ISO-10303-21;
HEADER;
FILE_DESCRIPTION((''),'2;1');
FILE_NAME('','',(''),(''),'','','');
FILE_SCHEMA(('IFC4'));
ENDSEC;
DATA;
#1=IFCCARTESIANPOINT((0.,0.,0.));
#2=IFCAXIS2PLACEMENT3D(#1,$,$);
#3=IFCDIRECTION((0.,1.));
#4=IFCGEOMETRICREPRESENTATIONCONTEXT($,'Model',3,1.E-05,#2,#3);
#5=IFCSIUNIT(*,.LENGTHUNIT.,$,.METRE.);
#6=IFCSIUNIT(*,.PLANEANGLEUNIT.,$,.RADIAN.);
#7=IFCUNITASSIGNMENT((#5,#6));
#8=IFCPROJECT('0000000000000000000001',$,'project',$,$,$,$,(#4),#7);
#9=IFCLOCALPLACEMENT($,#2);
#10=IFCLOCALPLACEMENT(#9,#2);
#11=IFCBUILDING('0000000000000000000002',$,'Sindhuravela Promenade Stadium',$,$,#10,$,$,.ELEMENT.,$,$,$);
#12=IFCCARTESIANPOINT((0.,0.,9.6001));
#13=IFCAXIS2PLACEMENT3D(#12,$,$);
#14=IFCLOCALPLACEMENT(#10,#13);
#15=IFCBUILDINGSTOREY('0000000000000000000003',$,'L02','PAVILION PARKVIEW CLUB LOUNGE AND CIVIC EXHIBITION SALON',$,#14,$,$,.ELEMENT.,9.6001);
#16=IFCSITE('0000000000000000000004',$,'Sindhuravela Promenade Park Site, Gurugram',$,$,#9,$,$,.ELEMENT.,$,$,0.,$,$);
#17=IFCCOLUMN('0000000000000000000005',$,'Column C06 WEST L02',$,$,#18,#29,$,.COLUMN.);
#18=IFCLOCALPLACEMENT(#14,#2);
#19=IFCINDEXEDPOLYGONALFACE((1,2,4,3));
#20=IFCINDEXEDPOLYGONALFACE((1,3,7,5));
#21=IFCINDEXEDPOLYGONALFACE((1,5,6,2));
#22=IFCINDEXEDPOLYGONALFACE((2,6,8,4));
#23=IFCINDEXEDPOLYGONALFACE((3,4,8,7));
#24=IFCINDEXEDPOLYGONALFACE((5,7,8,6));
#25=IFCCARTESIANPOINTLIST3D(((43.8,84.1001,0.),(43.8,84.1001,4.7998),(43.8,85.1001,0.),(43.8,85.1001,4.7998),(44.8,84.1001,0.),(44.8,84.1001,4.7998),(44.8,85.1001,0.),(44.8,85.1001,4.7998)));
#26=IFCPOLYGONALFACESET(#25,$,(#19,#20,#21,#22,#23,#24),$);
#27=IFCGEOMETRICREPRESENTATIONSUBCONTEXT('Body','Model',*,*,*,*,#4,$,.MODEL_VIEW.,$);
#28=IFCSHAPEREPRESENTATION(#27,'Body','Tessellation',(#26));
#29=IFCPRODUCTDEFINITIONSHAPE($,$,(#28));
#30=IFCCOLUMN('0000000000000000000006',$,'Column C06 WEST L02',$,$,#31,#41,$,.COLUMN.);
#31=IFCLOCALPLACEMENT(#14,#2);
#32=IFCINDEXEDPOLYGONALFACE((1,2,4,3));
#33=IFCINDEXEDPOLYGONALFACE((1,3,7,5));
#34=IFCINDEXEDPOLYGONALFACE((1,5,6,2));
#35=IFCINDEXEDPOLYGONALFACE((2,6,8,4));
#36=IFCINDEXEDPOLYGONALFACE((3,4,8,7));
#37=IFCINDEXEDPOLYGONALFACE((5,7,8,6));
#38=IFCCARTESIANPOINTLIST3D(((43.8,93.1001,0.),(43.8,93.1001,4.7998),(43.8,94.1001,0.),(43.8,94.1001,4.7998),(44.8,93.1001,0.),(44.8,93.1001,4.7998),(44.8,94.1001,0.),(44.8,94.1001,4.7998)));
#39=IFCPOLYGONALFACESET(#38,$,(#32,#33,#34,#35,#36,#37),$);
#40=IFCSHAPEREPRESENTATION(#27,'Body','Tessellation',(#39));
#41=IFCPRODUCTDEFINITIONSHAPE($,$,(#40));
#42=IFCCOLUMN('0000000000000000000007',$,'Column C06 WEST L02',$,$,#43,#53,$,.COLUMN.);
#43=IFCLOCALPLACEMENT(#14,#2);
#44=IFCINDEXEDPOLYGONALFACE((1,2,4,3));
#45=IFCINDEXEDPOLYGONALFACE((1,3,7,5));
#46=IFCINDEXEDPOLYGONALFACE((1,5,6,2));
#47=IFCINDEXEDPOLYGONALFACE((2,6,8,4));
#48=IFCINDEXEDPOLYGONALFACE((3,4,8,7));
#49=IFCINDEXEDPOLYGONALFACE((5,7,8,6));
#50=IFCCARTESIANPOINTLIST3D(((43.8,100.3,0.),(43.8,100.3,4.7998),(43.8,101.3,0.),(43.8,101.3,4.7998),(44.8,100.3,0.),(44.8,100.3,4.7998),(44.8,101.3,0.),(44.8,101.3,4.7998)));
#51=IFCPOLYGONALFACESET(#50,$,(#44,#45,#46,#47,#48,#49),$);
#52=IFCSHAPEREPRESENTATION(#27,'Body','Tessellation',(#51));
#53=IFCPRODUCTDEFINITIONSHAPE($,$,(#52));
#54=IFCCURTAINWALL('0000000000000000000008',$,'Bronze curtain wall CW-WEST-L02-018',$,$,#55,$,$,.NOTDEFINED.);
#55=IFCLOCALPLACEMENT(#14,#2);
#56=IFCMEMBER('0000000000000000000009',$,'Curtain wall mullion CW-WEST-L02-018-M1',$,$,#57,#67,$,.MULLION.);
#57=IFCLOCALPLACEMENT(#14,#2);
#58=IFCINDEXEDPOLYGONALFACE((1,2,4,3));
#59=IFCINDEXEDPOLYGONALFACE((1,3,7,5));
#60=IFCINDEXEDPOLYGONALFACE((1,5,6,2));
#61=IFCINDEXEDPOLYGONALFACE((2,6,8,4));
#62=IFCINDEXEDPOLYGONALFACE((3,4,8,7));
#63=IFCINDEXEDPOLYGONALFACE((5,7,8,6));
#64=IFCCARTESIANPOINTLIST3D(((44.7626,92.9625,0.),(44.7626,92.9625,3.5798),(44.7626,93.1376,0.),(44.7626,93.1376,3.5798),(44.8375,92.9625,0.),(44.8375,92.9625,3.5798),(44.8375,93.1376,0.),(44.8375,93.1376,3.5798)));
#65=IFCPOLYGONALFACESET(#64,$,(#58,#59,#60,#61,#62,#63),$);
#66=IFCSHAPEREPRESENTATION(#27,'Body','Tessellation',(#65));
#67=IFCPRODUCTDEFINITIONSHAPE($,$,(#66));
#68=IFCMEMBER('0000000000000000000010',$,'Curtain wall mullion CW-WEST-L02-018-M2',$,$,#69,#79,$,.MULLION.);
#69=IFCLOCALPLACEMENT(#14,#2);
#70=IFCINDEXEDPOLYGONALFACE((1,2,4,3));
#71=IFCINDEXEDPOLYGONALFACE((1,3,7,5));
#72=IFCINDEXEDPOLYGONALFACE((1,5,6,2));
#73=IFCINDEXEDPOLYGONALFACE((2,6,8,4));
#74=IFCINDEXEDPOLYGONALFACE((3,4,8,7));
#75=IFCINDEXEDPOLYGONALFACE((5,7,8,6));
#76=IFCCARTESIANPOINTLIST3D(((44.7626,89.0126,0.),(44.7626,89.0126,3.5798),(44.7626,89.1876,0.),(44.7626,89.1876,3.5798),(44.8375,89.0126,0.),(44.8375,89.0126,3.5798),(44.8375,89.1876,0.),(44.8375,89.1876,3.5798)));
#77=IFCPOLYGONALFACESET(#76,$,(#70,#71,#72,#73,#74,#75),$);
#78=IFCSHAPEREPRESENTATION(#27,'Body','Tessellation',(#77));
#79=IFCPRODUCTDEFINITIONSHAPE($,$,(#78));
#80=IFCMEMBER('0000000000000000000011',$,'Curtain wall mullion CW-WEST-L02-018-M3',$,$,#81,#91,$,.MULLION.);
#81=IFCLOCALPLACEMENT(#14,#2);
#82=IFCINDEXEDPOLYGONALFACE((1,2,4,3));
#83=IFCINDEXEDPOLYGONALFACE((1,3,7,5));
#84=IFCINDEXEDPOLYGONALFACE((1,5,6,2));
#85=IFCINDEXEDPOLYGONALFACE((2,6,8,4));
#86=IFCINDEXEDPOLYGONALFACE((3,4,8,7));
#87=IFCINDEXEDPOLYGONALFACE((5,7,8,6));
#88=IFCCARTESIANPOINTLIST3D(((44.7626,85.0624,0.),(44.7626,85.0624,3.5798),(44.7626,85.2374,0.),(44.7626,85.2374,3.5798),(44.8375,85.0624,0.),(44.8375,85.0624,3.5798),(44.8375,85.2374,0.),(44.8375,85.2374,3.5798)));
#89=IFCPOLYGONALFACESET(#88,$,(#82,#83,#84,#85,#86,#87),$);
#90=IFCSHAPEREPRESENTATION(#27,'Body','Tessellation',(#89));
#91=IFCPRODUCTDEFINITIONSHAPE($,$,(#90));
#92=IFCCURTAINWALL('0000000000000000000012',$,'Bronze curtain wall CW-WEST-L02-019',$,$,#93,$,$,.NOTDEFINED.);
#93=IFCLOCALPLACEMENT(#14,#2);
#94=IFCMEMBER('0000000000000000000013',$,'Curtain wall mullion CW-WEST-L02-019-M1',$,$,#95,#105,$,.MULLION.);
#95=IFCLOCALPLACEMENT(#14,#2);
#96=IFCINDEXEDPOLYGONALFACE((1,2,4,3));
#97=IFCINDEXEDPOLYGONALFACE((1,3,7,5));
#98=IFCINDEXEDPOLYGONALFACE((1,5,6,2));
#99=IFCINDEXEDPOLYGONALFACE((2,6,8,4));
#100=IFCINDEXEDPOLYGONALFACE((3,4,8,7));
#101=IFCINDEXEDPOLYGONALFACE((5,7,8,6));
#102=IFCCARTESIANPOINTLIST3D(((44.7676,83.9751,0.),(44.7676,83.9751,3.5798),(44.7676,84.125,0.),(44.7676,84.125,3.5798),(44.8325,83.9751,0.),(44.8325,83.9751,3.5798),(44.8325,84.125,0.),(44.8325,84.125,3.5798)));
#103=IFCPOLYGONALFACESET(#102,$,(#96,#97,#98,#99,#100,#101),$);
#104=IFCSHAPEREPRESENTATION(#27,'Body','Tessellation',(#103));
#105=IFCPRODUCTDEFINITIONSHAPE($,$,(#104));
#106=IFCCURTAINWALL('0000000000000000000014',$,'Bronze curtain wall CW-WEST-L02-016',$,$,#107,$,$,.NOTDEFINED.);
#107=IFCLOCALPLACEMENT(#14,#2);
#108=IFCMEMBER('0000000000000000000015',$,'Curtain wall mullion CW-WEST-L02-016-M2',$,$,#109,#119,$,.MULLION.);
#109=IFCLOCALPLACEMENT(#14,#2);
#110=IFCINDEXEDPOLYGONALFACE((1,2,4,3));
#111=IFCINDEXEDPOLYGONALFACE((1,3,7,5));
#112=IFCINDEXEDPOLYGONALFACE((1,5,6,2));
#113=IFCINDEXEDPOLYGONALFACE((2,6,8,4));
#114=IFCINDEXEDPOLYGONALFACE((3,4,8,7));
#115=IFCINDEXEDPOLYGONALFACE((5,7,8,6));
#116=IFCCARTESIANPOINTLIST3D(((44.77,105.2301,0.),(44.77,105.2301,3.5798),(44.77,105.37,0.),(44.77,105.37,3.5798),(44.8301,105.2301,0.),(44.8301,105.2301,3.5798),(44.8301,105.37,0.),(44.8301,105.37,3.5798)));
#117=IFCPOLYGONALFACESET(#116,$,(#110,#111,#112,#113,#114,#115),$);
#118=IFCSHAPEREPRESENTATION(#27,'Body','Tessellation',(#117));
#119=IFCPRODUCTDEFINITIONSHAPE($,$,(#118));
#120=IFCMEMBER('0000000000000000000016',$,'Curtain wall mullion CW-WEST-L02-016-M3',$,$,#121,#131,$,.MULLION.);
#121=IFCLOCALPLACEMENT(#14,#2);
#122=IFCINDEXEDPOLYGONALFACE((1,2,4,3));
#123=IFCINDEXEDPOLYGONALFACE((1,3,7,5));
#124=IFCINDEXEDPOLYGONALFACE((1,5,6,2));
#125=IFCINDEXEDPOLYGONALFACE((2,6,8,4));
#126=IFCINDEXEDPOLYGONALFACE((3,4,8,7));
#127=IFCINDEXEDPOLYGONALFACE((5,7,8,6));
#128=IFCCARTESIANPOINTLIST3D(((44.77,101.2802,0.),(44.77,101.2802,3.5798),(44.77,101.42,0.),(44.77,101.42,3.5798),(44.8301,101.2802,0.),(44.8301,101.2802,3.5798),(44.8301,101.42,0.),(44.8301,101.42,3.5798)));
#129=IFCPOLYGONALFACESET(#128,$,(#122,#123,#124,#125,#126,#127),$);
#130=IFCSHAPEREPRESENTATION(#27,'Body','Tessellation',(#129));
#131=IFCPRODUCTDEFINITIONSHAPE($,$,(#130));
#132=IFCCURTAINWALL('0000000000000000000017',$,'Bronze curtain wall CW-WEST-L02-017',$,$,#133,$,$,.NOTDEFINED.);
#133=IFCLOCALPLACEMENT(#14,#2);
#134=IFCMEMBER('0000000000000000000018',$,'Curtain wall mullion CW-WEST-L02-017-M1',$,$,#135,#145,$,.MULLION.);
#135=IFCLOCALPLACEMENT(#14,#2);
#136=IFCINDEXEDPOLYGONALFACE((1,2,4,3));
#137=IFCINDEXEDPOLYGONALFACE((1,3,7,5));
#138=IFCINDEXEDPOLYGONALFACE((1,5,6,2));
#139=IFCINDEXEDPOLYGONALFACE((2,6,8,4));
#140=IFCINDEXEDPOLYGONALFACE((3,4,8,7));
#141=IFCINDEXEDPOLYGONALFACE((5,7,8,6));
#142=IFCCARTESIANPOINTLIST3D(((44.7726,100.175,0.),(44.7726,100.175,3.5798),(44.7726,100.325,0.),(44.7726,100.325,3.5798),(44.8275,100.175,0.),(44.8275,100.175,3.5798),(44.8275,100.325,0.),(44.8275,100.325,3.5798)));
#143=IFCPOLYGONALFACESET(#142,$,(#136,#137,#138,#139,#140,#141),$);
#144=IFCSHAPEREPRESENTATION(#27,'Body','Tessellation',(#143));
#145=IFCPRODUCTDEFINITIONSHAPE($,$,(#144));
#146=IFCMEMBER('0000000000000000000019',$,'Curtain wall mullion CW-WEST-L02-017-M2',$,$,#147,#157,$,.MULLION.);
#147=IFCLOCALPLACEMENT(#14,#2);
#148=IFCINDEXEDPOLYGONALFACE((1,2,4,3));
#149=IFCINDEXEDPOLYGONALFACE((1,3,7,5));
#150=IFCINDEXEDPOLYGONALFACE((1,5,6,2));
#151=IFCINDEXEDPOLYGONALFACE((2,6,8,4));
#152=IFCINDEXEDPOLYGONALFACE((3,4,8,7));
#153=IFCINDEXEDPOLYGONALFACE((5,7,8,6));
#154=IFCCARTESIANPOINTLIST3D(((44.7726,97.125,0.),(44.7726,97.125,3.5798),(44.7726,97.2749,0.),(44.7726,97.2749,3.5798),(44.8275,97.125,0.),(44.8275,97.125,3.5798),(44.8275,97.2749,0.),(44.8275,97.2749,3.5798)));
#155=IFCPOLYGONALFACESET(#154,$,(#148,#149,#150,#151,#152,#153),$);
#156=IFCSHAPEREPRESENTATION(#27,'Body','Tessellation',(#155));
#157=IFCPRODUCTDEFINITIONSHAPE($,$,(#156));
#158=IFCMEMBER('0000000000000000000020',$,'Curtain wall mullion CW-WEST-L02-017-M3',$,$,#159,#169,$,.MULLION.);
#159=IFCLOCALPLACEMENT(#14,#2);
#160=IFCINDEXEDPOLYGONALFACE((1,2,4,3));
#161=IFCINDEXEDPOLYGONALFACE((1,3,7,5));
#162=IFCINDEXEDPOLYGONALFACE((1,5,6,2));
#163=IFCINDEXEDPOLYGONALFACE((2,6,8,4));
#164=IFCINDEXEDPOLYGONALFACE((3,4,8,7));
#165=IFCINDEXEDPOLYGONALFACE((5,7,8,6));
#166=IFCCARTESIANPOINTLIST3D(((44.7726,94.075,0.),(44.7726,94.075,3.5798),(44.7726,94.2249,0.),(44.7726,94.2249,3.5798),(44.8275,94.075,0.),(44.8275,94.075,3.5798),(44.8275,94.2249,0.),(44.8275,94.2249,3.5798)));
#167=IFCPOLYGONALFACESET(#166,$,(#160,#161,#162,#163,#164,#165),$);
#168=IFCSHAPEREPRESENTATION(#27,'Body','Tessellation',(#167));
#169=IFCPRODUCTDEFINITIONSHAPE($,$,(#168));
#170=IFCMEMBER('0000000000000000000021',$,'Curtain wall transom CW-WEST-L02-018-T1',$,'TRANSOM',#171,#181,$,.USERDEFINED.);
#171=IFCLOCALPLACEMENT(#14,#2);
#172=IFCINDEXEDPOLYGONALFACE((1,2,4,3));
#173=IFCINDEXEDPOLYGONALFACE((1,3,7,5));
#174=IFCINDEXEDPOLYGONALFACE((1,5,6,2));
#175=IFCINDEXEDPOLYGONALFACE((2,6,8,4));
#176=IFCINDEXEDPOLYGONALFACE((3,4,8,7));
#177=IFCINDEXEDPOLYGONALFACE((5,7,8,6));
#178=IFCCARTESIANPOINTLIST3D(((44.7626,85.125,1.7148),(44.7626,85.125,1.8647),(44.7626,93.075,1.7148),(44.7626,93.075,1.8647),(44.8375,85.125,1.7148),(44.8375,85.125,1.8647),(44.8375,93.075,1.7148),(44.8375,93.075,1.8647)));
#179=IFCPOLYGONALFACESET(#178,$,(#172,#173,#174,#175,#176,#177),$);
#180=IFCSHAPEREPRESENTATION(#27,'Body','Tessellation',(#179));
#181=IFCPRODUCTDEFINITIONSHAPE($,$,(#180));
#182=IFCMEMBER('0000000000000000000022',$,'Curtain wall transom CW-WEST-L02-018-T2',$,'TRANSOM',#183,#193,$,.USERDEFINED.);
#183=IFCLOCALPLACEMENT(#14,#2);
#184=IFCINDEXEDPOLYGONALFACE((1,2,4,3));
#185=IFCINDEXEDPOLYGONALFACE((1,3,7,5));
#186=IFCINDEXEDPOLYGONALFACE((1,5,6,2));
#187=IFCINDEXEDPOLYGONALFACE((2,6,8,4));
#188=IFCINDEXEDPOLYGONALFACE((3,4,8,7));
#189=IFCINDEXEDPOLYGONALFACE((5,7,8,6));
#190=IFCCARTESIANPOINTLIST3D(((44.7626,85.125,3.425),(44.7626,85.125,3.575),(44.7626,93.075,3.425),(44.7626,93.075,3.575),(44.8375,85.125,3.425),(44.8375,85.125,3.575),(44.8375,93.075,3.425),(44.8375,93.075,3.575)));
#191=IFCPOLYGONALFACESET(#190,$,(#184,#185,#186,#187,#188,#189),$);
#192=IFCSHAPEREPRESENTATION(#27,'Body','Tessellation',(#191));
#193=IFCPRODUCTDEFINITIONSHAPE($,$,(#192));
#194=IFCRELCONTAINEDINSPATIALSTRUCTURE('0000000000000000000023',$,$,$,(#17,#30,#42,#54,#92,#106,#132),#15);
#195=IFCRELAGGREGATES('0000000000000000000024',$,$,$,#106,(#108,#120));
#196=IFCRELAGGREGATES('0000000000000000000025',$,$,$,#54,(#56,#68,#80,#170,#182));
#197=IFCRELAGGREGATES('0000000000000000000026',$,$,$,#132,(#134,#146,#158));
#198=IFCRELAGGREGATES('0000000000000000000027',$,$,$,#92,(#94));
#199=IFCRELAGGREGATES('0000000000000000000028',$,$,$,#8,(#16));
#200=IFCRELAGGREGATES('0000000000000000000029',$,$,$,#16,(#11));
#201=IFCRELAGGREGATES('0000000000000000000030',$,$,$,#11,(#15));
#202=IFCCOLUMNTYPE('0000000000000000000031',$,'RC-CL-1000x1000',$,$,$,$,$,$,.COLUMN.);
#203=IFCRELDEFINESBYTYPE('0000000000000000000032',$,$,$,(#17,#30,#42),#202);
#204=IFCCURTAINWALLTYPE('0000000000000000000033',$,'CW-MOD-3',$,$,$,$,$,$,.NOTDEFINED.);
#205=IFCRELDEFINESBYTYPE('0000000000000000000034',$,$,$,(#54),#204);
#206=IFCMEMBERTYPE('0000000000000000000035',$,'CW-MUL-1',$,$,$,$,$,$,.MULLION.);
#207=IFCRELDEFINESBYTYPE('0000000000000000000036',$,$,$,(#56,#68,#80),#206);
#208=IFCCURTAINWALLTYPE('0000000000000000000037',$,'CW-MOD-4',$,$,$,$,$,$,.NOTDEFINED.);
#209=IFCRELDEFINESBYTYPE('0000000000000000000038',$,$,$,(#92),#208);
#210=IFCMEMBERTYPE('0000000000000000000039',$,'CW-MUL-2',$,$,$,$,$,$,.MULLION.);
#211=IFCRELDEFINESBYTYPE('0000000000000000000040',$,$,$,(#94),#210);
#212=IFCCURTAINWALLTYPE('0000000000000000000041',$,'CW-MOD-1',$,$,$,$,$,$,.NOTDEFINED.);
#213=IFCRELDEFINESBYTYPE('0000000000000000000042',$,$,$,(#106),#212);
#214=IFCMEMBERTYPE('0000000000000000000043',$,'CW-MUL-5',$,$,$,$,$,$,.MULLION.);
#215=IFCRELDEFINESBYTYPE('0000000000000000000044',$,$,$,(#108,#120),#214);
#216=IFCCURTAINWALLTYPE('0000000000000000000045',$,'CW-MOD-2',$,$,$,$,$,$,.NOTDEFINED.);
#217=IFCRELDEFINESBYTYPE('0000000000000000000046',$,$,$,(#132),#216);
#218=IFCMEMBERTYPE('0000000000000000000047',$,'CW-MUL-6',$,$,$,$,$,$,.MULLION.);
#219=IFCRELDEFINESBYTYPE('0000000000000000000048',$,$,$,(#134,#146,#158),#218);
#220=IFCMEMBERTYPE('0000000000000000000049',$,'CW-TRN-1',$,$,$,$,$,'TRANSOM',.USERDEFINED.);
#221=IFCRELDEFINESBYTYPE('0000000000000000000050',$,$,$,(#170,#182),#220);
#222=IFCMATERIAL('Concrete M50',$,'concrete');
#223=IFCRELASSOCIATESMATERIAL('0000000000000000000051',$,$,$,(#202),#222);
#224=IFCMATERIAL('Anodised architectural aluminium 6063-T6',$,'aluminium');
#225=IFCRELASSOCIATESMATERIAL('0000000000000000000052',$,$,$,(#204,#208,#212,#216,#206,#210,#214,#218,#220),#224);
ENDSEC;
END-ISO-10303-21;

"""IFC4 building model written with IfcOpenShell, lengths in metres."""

from ifc_helpers import new_model, si_unit, direction, frame, origin, origin_2d, place, context, subcontext, project, spatial, rectangle, extrude, material, material_profile, profile_set, type_object, element, aggregate, save


model = new_model("IFC4")

# Units and contexts
model_context = context("Model", 3, precision=1e-05, world=origin(), true_north=direction((0.0, 1.0)))
body_context = subcontext(model_context, "Body", "Model", "MODEL_VIEW")
ifc_project = project(units=[si_unit("LENGTHUNIT", "METRE"), si_unit("PLANEANGLEUNIT", "RADIAN")], contexts=[model_context])

# Site, building, storey
site_placement = place(None, origin())
site = spatial("IfcSite", under=ifc_project, at=site_placement, Name="Sindhuravela Promenade Park Site, Gurugram", CompositionType="ELEMENT", RefElevation=0.0)
building_placement = place(site_placement, origin())
building = spatial("IfcBuilding", under=site, at=building_placement, Name="Sindhuravela Promenade Stadium", CompositionType="ELEMENT")
storey_placement = place(building_placement, frame((0.0, 0.0, 9.6001)))
storey = spatial("IfcBuildingStorey", under=building, at=storey_placement, Name="L02", Description="PAVILION PARKVIEW CLUB LOUNGE AND CIVIC EXHIBITION SALON", CompositionType="ELEMENT", Elevation=9.6001)

# Columns
ifc_material_1 = material(Name="Concrete M50", Category="concrete")
ifc_material_profile_1 = material_profile(ifc_material_1, rectangle(XDim=1.0, YDim=1.0, at=origin_2d()), Name="RC 1000x1000")
ifc_profile_set_1 = profile_set([ifc_material_profile_1], Name="Concrete M50")
column_type = type_object("IfcColumnType", Name="RC-CL-1000x1000", PredefinedType="COLUMN", material=ifc_profile_set_1)
for number, where, z_axis, x_axis, name in (
    (1, (44.3, 84.6001, 0.0), (0.0, 0.0, 1.0), (1.0, 0.0, 0.0), "Column C06 WEST L02"),
    (2, (44.3, 93.6001, 0.0), (0.0, 0.0, 1.0), (1.0, 0.0, 0.0), "Column C06 WEST L02"),
    (3, (44.3, 100.8, 0.0), (0.0, 0.0, 1.0), (1.0, 0.0, 0.0), "Column C06 WEST L02"),
):
    element("IfcColumn", number, at=place(storey_placement, frame(where, z_axis=z_axis, x_axis=x_axis)), inside=storey, type_object=column_type, Name=name, PredefinedType="COLUMN", context=body_context, shape_type="SweptSolid", body=[
        extrude(rectangle(XDim=1.0, YDim=1.0, at=origin_2d()), origin(), (0.0, 0.0, 1.0), 4.7998),
    ])

# Curtain wall, members
ifc_material_2 = material(Name="Anodised architectural aluminium 6063-T6", Category="aluminium")
curtain_wall_type_1 = type_object("IfcCurtainWallType", Name="CW-MOD-3", PredefinedType="NOTDEFINED", material=ifc_material_2)
curtain_wall_1_placement = place(storey_placement, origin())
curtain_wall_1 = element("IfcCurtainWall", 4, at=curtain_wall_1_placement, inside=storey, type_object=curtain_wall_type_1, Name="Bronze curtain wall CW-WEST-L02-018", PredefinedType="NOTDEFINED")
ifc_material_profile_2 = material_profile(ifc_material_2, rectangle(XDim=0.075, YDim=0.175, at=origin_2d()), Name="ALU MULL 75x175")
ifc_profile_set_2 = profile_set([ifc_material_profile_2], Name="Anodised architectural aluminium 6063-T6")
member_type_1 = type_object("IfcMemberType", Name="CW-MUL-1", PredefinedType="MULLION", material=ifc_profile_set_2)
member_1_placement = place(storey_placement, frame((44.8, 93.05, 0.0), z_axis=(0.0, 0.0, 1.0), x_axis=(1.0, 0.0, 0.0)))
member_1 = element("IfcMember", 5, at=member_1_placement, type_object=member_type_1, Name="Curtain wall mullion CW-WEST-L02-018-M1", PredefinedType="MULLION", context=body_context, shape_type="SweptSolid", body=[
    extrude(rectangle(XDim=0.075, YDim=0.175, at=origin_2d()), origin(), (0.0, 0.0, 1.0), 3.5798),
])
member_2_placement = place(storey_placement, frame((44.8, 89.1001, 0.0), z_axis=(0.0, 0.0, 1.0), x_axis=(1.0, 0.0, 0.0)))
member_2 = element("IfcMember", 6, at=member_2_placement, type_object=member_type_1, Name="Curtain wall mullion CW-WEST-L02-018-M2", PredefinedType="MULLION", context=body_context, shape_type="SweptSolid", body=[
    extrude(rectangle(XDim=0.075, YDim=0.175, at=origin_2d()), origin(), (0.0, 0.0, 1.0), 3.5798),
])
member_3_placement = place(storey_placement, frame((44.8, 85.1499, 0.0), z_axis=(0.0, 0.0, 1.0), x_axis=(1.0, 0.0, 0.0)))
member_3 = element("IfcMember", 7, at=member_3_placement, type_object=member_type_1, Name="Curtain wall mullion CW-WEST-L02-018-M3", PredefinedType="MULLION", context=body_context, shape_type="SweptSolid", body=[
    extrude(rectangle(XDim=0.075, YDim=0.175, at=origin_2d()), origin(), (0.0, 0.0, 1.0), 3.5798),
])

# Curtain wall, member
curtain_wall_type_2 = type_object("IfcCurtainWallType", Name="CW-MOD-4", PredefinedType="NOTDEFINED", material=ifc_material_2)
curtain_wall_2_placement = place(storey_placement, origin())
curtain_wall_2 = element("IfcCurtainWall", 8, at=curtain_wall_2_placement, inside=storey, type_object=curtain_wall_type_2, Name="Bronze curtain wall CW-WEST-L02-019", PredefinedType="NOTDEFINED")
ifc_material_profile_3 = material_profile(ifc_material_2, rectangle(XDim=0.0649, YDim=0.1499, at=origin_2d()), Name="ALU MULL 65x150")
ifc_profile_set_3 = profile_set([ifc_material_profile_3], Name="Anodised architectural aluminium 6063-T6")
member_type_2 = type_object("IfcMemberType", Name="CW-MUL-2", PredefinedType="MULLION", material=ifc_profile_set_3)
member_4_placement = place(storey_placement, frame((44.8, 84.05, 0.0), z_axis=(0.0, 0.0, 1.0), x_axis=(1.0, 0.0, 0.0)))
member_4 = element("IfcMember", 9, at=member_4_placement, type_object=member_type_2, Name="Curtain wall mullion CW-WEST-L02-019-M1", PredefinedType="MULLION", context=body_context, shape_type="SweptSolid", body=[
    extrude(rectangle(XDim=0.0649, YDim=0.1499, at=origin_2d()), origin(), (0.0, 0.0, 1.0), 3.5798),
])

# Curtain walls, members
curtain_wall_type_3 = type_object("IfcCurtainWallType", Name="CW-MOD-1", PredefinedType="NOTDEFINED", material=ifc_material_2)
curtain_wall_3_placement = place(storey_placement, origin())
curtain_wall_3 = element("IfcCurtainWall", 10, at=curtain_wall_3_placement, inside=storey, type_object=curtain_wall_type_3, Name="Bronze curtain wall CW-WEST-L02-016", PredefinedType="NOTDEFINED")
ifc_material_profile_4 = material_profile(ifc_material_2, rectangle(XDim=0.0601, YDim=0.1399, at=origin_2d()), Name="ALU M60x140")
ifc_profile_set_4 = profile_set([ifc_material_profile_4], Name="Anodised architectural aluminium 6063-T6")
member_type_3 = type_object("IfcMemberType", Name="CW-MUL-5", PredefinedType="MULLION", material=ifc_profile_set_4)
member_5_placement = place(storey_placement, frame((44.8, 105.3, 0.0), z_axis=(0.0, 0.0, 1.0), x_axis=(1.0, 0.0, 0.0)))
member_5 = element("IfcMember", 11, at=member_5_placement, type_object=member_type_3, Name="Curtain wall mullion CW-WEST-L02-016-M2", PredefinedType="MULLION", context=body_context, shape_type="SweptSolid", body=[
    extrude(rectangle(XDim=0.0601, YDim=0.1399, at=origin_2d()), origin(), (0.0, 0.0, 1.0), 3.5798),
])
member_6_placement = place(storey_placement, frame((44.8, 101.3501, 0.0), z_axis=(0.0, 0.0, 1.0), x_axis=(1.0, 0.0, 0.0)))
member_6 = element("IfcMember", 12, at=member_6_placement, type_object=member_type_3, Name="Curtain wall mullion CW-WEST-L02-016-M3", PredefinedType="MULLION", context=body_context, shape_type="SweptSolid", body=[
    extrude(rectangle(XDim=0.0601, YDim=0.1399, at=origin_2d()), origin(), (0.0, 0.0, 1.0), 3.5798),
])
curtain_wall_type_4 = type_object("IfcCurtainWallType", Name="CW-MOD-2", PredefinedType="NOTDEFINED", material=ifc_material_2)
curtain_wall_4_placement = place(storey_placement, origin())
curtain_wall_4 = element("IfcCurtainWall", 13, at=curtain_wall_4_placement, inside=storey, type_object=curtain_wall_type_4, Name="Bronze curtain wall CW-WEST-L02-017", PredefinedType="NOTDEFINED")
ifc_material_profile_5 = material_profile(ifc_material_2, rectangle(XDim=0.0549, YDim=0.1499, at=origin_2d()), Name="ALU M55x150")
ifc_profile_set_5 = profile_set([ifc_material_profile_5], Name="Anodised architectural aluminium 6063-T6")
member_type_4 = type_object("IfcMemberType", Name="CW-MUL-6", PredefinedType="MULLION", material=ifc_profile_set_5)
member_7_placement = place(storey_placement, frame((44.8, 100.25, 0.0), z_axis=(0.0, 0.0, 1.0), x_axis=(1.0, 0.0, 0.0)))
member_7 = element("IfcMember", 14, at=member_7_placement, type_object=member_type_4, Name="Curtain wall mullion CW-WEST-L02-017-M1", PredefinedType="MULLION", context=body_context, shape_type="SweptSolid", body=[
    extrude(rectangle(XDim=0.0549, YDim=0.1499, at=origin_2d()), origin(), (0.0, 0.0, 1.0), 3.5798),
])
member_8_placement = place(storey_placement, frame((44.8, 97.2, 0.0), z_axis=(0.0, 0.0, 1.0), x_axis=(1.0, 0.0, 0.0)))
member_8 = element("IfcMember", 15, at=member_8_placement, type_object=member_type_4, Name="Curtain wall mullion CW-WEST-L02-017-M2", PredefinedType="MULLION", context=body_context, shape_type="SweptSolid", body=[
    extrude(rectangle(XDim=0.0549, YDim=0.1499, at=origin_2d()), origin(), (0.0, 0.0, 1.0), 3.5798),
])
member_9_placement = place(storey_placement, frame((44.8, 94.1499, 0.0), z_axis=(0.0, 0.0, 1.0), x_axis=(1.0, 0.0, 0.0)))
member_9 = element("IfcMember", 16, at=member_9_placement, type_object=member_type_4, Name="Curtain wall mullion CW-WEST-L02-017-M3", PredefinedType="MULLION", context=body_context, shape_type="SweptSolid", body=[
    extrude(rectangle(XDim=0.0549, YDim=0.1499, at=origin_2d()), origin(), (0.0, 0.0, 1.0), 3.5798),
])

# Members
ifc_material_profile_6 = material_profile(ifc_material_2, rectangle(XDim=0.075, YDim=0.1499, at=origin_2d()), Name="ALU TRAN 75x150")
ifc_profile_set_6 = profile_set([ifc_material_profile_6], Name="Anodised architectural aluminium 6063-T6")
member_type_5 = type_object("IfcMemberType", Name="CW-TRN-1", ElementType="TRANSOM", PredefinedType="USERDEFINED", material=ifc_profile_set_6)
member_10_placement = place(storey_placement, frame((44.8, 93.075, 1.7898), z_axis=(0.0, -1.0, 0.0), x_axis=(1.0, 0.0, 0.0)))
member_10 = element("IfcMember", 17, at=member_10_placement, type_object=member_type_5, Name="Curtain wall transom CW-WEST-L02-018-T1", ObjectType="TRANSOM", PredefinedType="USERDEFINED", context=body_context, shape_type="SweptSolid", body=[
    extrude(rectangle(XDim=0.075, YDim=0.1499, at=origin_2d()), origin(), (0.0, 0.0, 1.0), 7.95),
])
member_11_placement = place(storey_placement, frame((44.8, 93.075, 3.5), z_axis=(0.0, -1.0, 0.0), x_axis=(1.0, 0.0, 0.0)))
member_11 = element("IfcMember", 18, at=member_11_placement, type_object=member_type_5, Name="Curtain wall transom CW-WEST-L02-018-T2", ObjectType="TRANSOM", PredefinedType="USERDEFINED", context=body_context, shape_type="SweptSolid", body=[
    extrude(rectangle(XDim=0.075, YDim=0.1499, at=origin_2d()), origin(), (0.0, 0.0, 1.0), 7.95),
])

aggregate(curtain_wall_3, [member_5, member_6])
aggregate(curtain_wall_1, [member_1, member_2, member_3, member_10, member_11])
aggregate(curtain_wall_4, [member_7, member_8, member_9])
aggregate(curtain_wall_2, [member_4])

save(model, "model.ifc")
